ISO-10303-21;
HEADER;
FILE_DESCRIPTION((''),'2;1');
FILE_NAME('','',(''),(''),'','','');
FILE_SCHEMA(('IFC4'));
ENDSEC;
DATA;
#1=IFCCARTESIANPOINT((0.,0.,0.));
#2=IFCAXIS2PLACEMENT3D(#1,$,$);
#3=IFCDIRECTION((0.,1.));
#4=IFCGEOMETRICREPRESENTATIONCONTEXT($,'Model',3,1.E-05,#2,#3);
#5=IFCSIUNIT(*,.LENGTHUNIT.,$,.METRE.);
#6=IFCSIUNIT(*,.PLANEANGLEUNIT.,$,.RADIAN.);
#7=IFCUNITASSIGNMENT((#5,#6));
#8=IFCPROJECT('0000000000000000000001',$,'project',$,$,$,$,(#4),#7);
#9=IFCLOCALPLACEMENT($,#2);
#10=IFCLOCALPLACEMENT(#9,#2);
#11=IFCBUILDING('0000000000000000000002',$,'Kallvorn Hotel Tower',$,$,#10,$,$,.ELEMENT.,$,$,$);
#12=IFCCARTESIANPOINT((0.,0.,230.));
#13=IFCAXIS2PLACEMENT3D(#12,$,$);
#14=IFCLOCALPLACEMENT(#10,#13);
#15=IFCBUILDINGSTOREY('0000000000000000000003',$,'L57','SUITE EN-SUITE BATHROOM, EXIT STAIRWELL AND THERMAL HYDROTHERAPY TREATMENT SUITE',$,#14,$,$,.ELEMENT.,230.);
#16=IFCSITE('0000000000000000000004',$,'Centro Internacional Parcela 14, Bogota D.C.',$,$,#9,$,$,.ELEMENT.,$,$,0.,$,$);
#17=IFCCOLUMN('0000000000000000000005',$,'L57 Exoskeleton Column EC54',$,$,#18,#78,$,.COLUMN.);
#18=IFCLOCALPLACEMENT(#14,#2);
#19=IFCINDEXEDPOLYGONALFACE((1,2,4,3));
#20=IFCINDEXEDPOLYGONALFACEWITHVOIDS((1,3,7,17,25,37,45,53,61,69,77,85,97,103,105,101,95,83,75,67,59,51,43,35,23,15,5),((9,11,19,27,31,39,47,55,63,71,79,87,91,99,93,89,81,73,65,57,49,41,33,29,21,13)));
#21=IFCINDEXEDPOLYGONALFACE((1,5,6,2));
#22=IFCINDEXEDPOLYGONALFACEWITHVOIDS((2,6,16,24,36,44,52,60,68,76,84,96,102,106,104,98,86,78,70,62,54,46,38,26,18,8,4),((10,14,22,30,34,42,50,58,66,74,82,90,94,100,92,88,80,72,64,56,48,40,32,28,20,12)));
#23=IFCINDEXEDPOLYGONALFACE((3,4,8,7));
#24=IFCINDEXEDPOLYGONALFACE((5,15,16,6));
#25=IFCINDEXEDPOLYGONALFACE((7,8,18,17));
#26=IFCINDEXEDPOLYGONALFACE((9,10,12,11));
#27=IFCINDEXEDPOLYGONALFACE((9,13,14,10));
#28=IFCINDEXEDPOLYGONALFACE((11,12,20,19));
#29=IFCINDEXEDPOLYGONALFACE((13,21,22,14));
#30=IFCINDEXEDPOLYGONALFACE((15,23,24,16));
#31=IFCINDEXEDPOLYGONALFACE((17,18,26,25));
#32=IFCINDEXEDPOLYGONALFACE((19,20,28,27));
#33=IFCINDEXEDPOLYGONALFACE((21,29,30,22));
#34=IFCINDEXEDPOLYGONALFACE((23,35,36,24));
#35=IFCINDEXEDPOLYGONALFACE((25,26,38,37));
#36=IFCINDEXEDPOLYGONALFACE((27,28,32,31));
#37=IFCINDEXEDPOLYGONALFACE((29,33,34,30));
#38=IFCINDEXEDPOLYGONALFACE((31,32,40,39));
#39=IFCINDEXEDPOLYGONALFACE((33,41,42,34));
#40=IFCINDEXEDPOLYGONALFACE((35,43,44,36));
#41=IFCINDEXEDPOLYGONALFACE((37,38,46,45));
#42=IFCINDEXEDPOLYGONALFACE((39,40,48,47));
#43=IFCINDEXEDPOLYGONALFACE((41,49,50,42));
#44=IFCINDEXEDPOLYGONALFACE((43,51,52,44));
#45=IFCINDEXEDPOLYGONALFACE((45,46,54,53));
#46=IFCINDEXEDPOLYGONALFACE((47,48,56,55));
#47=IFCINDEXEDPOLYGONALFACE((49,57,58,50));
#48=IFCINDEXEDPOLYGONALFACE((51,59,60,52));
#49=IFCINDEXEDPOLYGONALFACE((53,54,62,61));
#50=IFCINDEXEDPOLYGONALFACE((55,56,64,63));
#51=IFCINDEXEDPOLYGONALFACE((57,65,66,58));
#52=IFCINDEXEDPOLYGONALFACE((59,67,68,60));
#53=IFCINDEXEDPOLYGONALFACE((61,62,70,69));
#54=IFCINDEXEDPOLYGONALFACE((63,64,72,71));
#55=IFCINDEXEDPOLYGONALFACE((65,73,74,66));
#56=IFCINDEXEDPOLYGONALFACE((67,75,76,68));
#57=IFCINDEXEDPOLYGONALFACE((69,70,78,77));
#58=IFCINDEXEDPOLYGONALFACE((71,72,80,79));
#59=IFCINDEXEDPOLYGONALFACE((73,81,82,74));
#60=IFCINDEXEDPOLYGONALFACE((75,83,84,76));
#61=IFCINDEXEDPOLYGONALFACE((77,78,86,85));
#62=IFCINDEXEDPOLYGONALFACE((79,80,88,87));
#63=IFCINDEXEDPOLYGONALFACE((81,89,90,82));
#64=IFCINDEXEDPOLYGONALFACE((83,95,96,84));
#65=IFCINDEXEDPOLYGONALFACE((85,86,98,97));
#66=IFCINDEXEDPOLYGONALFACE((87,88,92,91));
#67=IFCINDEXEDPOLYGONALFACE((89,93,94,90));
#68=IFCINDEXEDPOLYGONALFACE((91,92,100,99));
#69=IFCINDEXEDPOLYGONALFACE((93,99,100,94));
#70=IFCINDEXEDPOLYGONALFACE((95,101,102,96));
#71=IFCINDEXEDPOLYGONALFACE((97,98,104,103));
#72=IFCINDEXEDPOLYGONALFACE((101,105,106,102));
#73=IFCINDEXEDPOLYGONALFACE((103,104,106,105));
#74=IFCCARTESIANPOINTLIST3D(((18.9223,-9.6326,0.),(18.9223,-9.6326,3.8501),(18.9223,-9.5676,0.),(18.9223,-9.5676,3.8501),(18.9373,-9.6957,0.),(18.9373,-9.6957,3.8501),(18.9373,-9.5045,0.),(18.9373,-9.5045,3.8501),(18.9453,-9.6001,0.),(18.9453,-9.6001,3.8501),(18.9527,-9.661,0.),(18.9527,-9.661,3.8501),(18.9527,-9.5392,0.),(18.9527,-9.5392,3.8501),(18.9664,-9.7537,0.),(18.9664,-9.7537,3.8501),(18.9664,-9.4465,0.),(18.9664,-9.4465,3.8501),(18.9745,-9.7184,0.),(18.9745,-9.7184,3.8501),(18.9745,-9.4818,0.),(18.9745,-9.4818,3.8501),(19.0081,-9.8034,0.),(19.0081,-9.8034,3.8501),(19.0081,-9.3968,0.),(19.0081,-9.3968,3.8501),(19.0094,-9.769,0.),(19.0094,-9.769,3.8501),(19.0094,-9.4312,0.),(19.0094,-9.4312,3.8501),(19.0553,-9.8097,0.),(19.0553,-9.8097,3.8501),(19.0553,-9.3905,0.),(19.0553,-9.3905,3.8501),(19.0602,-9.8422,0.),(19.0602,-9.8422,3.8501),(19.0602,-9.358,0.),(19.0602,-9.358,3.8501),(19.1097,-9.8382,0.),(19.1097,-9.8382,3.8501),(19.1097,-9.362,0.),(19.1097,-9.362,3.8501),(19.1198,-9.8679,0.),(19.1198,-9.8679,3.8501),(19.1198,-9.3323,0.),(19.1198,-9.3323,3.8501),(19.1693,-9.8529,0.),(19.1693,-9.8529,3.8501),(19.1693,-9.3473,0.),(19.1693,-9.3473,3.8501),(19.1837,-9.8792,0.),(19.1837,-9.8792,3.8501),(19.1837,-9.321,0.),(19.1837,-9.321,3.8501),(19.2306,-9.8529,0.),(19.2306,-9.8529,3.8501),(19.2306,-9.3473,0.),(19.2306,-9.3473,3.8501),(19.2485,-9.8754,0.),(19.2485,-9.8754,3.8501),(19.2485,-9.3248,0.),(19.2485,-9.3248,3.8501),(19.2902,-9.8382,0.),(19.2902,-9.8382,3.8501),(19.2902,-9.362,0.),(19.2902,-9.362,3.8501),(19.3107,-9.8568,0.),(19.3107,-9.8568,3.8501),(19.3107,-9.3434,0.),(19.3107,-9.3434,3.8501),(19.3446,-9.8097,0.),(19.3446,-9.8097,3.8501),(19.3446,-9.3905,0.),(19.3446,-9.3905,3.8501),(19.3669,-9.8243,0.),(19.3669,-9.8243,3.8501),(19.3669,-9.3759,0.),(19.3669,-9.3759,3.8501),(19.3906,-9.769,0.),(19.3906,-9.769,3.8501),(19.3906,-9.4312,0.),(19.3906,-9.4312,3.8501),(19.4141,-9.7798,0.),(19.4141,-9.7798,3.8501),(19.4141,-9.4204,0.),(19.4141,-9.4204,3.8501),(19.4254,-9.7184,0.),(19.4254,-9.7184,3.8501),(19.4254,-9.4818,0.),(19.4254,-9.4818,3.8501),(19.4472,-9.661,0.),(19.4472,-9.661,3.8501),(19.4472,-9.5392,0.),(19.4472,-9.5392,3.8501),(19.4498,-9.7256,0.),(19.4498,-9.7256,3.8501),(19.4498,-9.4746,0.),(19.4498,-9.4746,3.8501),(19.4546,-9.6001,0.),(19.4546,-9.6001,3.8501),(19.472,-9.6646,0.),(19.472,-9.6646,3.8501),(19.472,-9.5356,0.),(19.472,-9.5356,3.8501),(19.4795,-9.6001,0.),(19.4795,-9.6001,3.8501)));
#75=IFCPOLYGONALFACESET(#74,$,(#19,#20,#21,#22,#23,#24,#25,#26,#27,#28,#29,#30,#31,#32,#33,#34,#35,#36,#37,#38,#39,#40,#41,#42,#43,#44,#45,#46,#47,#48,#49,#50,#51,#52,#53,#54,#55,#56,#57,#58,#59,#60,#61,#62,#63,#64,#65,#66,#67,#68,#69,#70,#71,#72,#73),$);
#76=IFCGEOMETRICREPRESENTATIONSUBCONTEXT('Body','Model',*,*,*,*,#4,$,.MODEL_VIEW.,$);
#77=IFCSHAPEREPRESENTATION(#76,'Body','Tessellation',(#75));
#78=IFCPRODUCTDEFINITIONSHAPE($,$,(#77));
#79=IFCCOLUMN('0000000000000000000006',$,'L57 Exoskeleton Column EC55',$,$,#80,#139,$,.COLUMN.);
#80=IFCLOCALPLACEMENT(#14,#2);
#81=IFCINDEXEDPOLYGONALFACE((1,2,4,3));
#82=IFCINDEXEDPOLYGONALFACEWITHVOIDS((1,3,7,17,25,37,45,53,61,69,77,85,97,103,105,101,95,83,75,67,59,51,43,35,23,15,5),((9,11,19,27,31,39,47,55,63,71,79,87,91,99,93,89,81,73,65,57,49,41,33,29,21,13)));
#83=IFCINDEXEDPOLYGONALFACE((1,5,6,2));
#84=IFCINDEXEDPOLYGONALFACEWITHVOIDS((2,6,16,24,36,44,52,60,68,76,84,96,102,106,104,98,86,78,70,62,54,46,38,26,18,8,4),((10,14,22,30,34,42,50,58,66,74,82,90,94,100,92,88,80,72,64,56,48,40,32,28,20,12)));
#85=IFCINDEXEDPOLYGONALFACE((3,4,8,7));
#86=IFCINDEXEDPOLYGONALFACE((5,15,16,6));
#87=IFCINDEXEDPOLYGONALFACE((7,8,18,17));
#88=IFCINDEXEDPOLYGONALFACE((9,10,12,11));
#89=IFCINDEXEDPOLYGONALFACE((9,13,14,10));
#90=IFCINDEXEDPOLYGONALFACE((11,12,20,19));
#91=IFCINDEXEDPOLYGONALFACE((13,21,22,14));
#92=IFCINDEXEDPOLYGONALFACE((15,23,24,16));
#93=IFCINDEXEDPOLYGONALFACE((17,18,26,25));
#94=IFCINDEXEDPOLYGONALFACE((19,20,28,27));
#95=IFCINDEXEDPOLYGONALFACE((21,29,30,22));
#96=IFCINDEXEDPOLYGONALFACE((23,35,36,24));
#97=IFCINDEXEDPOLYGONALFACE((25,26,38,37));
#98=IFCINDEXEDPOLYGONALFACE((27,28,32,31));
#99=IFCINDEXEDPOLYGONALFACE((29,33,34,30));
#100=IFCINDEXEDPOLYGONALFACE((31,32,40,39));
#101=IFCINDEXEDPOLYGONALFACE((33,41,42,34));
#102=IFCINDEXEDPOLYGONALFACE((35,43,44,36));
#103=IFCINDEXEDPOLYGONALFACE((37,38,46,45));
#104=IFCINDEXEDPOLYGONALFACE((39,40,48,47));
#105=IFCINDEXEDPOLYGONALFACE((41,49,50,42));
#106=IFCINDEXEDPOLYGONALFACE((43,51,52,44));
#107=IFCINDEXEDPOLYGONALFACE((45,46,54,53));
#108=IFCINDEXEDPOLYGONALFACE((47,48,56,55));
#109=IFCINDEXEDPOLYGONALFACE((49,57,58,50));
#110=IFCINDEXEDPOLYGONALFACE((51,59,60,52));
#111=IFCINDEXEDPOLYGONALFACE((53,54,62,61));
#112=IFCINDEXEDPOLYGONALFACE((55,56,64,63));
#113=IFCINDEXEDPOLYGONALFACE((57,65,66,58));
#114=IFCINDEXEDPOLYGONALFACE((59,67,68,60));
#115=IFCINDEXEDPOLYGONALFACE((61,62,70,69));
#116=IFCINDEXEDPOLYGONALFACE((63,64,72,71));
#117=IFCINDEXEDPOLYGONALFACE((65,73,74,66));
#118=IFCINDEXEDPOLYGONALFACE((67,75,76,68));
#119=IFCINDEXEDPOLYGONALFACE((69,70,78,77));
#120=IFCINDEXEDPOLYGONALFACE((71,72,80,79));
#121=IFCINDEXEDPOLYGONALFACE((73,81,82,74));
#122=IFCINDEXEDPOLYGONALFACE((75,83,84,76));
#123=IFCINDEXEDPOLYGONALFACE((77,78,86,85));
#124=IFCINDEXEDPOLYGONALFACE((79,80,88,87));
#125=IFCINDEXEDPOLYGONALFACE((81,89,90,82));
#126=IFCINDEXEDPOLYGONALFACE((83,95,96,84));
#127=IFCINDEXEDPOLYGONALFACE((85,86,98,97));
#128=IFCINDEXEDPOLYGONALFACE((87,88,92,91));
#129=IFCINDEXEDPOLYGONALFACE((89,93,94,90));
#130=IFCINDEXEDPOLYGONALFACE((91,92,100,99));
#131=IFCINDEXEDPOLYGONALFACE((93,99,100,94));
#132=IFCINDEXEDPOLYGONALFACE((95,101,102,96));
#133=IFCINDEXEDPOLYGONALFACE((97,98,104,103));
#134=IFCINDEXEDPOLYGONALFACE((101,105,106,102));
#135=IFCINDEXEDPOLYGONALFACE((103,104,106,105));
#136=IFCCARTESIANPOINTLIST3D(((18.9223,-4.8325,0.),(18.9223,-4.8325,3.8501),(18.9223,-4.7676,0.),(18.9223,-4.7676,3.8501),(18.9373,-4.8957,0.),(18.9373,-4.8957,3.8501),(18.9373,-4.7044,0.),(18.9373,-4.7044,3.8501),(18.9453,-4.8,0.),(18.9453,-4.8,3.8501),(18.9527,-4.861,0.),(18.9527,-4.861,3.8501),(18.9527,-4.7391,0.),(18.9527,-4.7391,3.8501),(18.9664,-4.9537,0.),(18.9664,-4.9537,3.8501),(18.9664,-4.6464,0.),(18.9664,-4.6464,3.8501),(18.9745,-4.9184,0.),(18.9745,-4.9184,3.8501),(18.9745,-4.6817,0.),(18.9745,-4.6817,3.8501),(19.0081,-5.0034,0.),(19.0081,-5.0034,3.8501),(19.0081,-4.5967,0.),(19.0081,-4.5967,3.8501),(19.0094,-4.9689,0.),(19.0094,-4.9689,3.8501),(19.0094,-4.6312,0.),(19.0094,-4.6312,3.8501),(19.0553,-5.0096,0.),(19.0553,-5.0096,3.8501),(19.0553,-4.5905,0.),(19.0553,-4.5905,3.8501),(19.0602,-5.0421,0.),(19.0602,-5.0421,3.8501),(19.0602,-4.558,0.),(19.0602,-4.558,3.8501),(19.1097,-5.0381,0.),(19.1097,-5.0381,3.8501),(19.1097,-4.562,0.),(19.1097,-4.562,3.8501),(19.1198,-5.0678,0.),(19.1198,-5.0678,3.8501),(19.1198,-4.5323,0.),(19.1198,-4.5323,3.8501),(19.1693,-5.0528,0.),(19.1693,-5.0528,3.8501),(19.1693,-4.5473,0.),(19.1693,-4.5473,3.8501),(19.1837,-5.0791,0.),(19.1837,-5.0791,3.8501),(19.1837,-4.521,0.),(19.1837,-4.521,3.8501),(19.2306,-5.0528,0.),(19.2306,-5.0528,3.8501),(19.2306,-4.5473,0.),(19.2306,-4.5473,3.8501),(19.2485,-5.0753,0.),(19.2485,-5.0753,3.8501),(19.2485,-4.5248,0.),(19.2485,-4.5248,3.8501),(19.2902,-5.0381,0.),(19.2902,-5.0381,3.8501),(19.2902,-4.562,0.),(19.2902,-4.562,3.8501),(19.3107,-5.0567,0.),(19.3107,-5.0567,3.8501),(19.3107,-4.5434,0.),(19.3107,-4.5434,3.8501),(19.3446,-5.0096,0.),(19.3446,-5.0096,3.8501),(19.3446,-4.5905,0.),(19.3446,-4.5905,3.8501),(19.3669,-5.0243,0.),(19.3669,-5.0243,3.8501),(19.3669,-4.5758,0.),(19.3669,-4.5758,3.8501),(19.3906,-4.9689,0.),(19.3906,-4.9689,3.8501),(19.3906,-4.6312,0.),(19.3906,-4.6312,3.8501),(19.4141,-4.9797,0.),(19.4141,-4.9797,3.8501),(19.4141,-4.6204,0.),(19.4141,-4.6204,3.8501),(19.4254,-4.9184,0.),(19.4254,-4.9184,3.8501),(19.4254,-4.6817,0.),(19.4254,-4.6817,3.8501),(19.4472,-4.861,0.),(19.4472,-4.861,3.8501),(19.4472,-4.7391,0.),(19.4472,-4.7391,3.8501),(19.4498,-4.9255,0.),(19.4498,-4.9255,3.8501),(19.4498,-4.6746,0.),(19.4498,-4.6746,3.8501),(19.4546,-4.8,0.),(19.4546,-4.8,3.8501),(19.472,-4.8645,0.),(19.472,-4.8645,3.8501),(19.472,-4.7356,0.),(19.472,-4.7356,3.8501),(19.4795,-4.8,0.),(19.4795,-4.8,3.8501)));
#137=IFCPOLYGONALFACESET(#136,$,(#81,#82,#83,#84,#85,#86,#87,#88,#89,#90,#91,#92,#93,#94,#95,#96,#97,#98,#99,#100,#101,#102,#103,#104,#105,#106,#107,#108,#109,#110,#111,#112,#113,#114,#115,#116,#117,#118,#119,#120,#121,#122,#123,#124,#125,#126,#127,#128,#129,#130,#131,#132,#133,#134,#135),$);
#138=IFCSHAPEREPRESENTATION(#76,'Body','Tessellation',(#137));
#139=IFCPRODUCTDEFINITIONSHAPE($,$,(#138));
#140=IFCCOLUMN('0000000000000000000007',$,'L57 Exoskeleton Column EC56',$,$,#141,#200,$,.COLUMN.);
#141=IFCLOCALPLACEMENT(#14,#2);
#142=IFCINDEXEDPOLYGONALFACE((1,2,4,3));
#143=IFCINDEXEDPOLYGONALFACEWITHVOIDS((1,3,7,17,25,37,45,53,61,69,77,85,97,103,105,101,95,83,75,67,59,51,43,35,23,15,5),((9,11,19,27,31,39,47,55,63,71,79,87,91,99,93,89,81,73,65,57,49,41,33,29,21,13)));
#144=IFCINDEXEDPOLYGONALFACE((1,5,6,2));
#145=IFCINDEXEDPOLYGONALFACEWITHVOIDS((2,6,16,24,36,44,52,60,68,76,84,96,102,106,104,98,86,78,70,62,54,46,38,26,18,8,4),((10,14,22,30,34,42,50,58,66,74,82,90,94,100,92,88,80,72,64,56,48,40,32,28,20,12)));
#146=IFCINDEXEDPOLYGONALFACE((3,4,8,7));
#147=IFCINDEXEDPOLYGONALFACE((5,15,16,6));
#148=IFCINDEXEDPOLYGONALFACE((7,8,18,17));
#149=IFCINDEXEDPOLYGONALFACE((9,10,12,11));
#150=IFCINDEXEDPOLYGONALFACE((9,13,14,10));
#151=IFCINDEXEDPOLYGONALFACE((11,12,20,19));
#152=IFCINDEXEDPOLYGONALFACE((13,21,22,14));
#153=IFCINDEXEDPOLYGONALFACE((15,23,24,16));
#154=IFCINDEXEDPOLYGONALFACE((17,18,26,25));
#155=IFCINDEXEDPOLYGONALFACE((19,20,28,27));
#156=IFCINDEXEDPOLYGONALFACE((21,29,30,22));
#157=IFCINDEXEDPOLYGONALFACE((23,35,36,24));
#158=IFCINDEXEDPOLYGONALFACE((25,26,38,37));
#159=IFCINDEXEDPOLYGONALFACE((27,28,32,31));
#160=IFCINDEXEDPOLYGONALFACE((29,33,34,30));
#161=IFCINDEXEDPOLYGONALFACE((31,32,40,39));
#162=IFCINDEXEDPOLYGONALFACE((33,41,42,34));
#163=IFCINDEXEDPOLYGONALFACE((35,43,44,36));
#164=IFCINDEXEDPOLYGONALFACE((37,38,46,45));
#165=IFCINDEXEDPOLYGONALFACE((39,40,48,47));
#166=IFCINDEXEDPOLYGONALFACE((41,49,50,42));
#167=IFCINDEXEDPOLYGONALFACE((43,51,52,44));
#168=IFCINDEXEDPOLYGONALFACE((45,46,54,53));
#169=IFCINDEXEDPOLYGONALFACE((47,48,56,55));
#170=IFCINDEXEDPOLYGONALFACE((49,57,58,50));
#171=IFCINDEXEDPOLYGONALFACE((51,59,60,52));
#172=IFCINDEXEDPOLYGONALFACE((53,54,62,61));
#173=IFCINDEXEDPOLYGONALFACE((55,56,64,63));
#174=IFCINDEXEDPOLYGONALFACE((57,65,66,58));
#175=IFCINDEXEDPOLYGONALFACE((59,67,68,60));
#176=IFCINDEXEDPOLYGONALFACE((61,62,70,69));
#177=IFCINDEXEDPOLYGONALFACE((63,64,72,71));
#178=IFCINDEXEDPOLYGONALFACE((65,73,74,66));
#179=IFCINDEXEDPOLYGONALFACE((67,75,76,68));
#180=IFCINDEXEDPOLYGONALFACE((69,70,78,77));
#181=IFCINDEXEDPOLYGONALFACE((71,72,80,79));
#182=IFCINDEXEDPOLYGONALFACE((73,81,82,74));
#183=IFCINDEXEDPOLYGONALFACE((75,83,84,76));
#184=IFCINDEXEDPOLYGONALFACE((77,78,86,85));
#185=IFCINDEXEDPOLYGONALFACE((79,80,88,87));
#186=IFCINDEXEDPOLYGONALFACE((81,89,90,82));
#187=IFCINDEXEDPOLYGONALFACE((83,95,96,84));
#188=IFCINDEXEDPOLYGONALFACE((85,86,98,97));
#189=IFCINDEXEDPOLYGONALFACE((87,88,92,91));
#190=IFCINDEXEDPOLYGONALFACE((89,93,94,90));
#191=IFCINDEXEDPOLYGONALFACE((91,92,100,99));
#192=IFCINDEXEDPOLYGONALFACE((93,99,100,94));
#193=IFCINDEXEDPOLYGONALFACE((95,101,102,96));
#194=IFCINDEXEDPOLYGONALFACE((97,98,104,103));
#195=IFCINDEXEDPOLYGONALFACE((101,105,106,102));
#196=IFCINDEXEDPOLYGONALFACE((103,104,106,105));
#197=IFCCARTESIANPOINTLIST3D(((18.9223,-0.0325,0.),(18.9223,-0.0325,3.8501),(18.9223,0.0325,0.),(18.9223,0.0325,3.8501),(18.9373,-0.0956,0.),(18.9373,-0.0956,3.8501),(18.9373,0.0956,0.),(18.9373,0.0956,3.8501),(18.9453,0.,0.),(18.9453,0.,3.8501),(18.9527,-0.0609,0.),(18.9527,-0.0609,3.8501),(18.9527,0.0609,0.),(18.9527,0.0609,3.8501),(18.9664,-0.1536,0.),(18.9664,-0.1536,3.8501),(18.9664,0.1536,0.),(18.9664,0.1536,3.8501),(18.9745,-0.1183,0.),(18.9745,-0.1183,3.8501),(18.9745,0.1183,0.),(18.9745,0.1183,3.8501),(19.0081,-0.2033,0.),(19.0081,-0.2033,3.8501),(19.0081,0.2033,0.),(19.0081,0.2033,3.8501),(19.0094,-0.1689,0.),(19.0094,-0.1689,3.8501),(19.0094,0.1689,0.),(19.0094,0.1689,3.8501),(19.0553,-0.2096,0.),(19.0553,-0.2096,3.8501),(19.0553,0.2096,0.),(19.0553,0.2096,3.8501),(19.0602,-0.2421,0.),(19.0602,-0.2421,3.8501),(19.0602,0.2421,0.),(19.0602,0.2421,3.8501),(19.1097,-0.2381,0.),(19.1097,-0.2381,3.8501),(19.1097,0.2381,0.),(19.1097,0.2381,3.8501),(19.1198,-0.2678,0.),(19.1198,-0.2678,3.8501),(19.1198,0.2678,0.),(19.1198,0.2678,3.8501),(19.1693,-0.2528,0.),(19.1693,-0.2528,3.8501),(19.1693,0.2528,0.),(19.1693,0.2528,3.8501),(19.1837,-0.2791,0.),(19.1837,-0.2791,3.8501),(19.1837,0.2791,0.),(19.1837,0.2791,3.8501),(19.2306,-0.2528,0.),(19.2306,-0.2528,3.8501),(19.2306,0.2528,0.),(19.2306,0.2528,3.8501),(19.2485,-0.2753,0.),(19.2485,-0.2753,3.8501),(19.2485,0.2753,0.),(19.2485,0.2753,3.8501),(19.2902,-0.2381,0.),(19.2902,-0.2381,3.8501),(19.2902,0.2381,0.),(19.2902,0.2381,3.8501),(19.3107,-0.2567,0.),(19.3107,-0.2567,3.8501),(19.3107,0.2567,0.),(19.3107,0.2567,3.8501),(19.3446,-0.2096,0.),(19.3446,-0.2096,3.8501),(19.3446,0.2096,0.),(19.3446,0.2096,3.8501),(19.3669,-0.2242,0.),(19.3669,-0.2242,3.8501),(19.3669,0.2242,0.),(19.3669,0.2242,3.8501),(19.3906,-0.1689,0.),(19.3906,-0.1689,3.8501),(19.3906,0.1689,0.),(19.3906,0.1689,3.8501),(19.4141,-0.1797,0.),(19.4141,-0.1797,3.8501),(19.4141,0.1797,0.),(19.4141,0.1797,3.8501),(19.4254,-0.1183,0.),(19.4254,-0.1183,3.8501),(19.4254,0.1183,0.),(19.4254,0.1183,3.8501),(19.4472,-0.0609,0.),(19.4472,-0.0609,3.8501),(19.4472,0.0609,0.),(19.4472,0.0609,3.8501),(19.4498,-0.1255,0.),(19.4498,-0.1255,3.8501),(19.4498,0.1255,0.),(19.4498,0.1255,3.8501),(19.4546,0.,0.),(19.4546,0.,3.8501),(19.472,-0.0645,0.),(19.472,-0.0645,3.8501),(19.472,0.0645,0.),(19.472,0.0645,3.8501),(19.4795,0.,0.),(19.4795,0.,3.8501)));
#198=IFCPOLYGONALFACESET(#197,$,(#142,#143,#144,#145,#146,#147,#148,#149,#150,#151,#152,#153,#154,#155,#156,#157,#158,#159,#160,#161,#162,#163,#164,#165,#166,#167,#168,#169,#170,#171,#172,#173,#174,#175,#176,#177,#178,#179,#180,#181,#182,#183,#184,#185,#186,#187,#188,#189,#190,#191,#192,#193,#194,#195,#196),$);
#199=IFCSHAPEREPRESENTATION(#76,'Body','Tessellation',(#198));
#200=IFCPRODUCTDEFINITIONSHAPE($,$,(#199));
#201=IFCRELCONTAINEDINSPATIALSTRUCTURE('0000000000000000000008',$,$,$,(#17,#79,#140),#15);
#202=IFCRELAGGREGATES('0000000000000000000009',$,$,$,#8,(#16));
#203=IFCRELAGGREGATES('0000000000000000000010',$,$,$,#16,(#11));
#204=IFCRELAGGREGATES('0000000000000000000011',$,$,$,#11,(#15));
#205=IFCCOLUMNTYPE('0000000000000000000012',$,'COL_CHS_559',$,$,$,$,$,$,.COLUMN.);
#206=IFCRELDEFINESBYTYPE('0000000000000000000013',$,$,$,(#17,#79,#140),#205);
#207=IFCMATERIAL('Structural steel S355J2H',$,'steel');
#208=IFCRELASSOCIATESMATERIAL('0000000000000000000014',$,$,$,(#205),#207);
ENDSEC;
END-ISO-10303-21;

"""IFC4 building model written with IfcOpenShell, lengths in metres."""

from ifc_helpers import new_model, si_unit, direction, frame, origin, origin_2d, place, context, subcontext, project, spatial, hollow_circle, extrude, material, material_profile, profile_set, type_object, element, save


model = new_model("IFC4")

# Units and contexts
model_context = context("Model", 3, precision=1e-05, world=origin(), true_north=direction((0.0, 1.0)))
body_context = subcontext(model_context, "Body", "Model", "MODEL_VIEW")
ifc_project = project(units=[si_unit("LENGTHUNIT", "METRE"), si_unit("PLANEANGLEUNIT", "RADIAN")], contexts=[model_context])

# Site, building, storey
site_placement = place(None, origin())
site = spatial("IfcSite", under=ifc_project, at=site_placement, Name="Centro Internacional Parcela 14, Bogota D.C.", CompositionType="ELEMENT", RefElevation=0.0)
building_placement = place(site_placement, origin())
building = spatial("IfcBuilding", under=site, at=building_placement, Name="Kallvorn Hotel Tower", CompositionType="ELEMENT")
storey_placement = place(building_placement, frame((0.0, 0.0, 230.0)))
storey = spatial("IfcBuildingStorey", under=building, at=storey_placement, Name="L57", Description="SUITE EN-SUITE BATHROOM, EXIT STAIRWELL AND THERMAL HYDROTHERAPY TREATMENT SUITE", CompositionType="ELEMENT", Elevation=230.0)

# Columns
ifc_material_1 = material(Name="Structural steel S355J2H", Category="steel")
ifc_material_profile_1 = material_profile(ifc_material_1, hollow_circle(Radius=0.2795, WallThickness=0.0249, at=origin_2d()), Name="CHS 559x25")
ifc_profile_set_1 = profile_set([ifc_material_profile_1], Name="Structural steel S355J2H")
column_type_1 = type_object("IfcColumnType", Name="COL_CHS_559", PredefinedType="COLUMN", material=ifc_profile_set_1)
for number, where, z_axis, x_axis, name in (
    (1, (19.2, -9.6001, 0.0), (0.0, 0.0, 1.0), (1.0, 0.0, 0.0), "L57 Exoskeleton Column EC54"),
    (2, (19.2, -4.8, 0.0), (0.0, 0.0, 1.0), (1.0, 0.0, 0.0), "L57 Exoskeleton Column EC55"),
    (3, (19.2, 0.0, 0.0), (0.0, 0.0, 1.0), (1.0, 0.0, 0.0), "L57 Exoskeleton Column EC56"),
):
    element("IfcColumn", number, at=place(storey_placement, frame(where, z_axis=z_axis, x_axis=x_axis)), inside=storey, type_object=column_type_1, Name=name, PredefinedType="COLUMN", context=body_context, shape_type="SweptSolid", body=[
        extrude(hollow_circle(Radius=0.2795, WallThickness=0.0249, at=origin_2d()), origin(), (0.0, 0.0, 1.0), 3.8501),
    ])

save(model, "model.ifc")
